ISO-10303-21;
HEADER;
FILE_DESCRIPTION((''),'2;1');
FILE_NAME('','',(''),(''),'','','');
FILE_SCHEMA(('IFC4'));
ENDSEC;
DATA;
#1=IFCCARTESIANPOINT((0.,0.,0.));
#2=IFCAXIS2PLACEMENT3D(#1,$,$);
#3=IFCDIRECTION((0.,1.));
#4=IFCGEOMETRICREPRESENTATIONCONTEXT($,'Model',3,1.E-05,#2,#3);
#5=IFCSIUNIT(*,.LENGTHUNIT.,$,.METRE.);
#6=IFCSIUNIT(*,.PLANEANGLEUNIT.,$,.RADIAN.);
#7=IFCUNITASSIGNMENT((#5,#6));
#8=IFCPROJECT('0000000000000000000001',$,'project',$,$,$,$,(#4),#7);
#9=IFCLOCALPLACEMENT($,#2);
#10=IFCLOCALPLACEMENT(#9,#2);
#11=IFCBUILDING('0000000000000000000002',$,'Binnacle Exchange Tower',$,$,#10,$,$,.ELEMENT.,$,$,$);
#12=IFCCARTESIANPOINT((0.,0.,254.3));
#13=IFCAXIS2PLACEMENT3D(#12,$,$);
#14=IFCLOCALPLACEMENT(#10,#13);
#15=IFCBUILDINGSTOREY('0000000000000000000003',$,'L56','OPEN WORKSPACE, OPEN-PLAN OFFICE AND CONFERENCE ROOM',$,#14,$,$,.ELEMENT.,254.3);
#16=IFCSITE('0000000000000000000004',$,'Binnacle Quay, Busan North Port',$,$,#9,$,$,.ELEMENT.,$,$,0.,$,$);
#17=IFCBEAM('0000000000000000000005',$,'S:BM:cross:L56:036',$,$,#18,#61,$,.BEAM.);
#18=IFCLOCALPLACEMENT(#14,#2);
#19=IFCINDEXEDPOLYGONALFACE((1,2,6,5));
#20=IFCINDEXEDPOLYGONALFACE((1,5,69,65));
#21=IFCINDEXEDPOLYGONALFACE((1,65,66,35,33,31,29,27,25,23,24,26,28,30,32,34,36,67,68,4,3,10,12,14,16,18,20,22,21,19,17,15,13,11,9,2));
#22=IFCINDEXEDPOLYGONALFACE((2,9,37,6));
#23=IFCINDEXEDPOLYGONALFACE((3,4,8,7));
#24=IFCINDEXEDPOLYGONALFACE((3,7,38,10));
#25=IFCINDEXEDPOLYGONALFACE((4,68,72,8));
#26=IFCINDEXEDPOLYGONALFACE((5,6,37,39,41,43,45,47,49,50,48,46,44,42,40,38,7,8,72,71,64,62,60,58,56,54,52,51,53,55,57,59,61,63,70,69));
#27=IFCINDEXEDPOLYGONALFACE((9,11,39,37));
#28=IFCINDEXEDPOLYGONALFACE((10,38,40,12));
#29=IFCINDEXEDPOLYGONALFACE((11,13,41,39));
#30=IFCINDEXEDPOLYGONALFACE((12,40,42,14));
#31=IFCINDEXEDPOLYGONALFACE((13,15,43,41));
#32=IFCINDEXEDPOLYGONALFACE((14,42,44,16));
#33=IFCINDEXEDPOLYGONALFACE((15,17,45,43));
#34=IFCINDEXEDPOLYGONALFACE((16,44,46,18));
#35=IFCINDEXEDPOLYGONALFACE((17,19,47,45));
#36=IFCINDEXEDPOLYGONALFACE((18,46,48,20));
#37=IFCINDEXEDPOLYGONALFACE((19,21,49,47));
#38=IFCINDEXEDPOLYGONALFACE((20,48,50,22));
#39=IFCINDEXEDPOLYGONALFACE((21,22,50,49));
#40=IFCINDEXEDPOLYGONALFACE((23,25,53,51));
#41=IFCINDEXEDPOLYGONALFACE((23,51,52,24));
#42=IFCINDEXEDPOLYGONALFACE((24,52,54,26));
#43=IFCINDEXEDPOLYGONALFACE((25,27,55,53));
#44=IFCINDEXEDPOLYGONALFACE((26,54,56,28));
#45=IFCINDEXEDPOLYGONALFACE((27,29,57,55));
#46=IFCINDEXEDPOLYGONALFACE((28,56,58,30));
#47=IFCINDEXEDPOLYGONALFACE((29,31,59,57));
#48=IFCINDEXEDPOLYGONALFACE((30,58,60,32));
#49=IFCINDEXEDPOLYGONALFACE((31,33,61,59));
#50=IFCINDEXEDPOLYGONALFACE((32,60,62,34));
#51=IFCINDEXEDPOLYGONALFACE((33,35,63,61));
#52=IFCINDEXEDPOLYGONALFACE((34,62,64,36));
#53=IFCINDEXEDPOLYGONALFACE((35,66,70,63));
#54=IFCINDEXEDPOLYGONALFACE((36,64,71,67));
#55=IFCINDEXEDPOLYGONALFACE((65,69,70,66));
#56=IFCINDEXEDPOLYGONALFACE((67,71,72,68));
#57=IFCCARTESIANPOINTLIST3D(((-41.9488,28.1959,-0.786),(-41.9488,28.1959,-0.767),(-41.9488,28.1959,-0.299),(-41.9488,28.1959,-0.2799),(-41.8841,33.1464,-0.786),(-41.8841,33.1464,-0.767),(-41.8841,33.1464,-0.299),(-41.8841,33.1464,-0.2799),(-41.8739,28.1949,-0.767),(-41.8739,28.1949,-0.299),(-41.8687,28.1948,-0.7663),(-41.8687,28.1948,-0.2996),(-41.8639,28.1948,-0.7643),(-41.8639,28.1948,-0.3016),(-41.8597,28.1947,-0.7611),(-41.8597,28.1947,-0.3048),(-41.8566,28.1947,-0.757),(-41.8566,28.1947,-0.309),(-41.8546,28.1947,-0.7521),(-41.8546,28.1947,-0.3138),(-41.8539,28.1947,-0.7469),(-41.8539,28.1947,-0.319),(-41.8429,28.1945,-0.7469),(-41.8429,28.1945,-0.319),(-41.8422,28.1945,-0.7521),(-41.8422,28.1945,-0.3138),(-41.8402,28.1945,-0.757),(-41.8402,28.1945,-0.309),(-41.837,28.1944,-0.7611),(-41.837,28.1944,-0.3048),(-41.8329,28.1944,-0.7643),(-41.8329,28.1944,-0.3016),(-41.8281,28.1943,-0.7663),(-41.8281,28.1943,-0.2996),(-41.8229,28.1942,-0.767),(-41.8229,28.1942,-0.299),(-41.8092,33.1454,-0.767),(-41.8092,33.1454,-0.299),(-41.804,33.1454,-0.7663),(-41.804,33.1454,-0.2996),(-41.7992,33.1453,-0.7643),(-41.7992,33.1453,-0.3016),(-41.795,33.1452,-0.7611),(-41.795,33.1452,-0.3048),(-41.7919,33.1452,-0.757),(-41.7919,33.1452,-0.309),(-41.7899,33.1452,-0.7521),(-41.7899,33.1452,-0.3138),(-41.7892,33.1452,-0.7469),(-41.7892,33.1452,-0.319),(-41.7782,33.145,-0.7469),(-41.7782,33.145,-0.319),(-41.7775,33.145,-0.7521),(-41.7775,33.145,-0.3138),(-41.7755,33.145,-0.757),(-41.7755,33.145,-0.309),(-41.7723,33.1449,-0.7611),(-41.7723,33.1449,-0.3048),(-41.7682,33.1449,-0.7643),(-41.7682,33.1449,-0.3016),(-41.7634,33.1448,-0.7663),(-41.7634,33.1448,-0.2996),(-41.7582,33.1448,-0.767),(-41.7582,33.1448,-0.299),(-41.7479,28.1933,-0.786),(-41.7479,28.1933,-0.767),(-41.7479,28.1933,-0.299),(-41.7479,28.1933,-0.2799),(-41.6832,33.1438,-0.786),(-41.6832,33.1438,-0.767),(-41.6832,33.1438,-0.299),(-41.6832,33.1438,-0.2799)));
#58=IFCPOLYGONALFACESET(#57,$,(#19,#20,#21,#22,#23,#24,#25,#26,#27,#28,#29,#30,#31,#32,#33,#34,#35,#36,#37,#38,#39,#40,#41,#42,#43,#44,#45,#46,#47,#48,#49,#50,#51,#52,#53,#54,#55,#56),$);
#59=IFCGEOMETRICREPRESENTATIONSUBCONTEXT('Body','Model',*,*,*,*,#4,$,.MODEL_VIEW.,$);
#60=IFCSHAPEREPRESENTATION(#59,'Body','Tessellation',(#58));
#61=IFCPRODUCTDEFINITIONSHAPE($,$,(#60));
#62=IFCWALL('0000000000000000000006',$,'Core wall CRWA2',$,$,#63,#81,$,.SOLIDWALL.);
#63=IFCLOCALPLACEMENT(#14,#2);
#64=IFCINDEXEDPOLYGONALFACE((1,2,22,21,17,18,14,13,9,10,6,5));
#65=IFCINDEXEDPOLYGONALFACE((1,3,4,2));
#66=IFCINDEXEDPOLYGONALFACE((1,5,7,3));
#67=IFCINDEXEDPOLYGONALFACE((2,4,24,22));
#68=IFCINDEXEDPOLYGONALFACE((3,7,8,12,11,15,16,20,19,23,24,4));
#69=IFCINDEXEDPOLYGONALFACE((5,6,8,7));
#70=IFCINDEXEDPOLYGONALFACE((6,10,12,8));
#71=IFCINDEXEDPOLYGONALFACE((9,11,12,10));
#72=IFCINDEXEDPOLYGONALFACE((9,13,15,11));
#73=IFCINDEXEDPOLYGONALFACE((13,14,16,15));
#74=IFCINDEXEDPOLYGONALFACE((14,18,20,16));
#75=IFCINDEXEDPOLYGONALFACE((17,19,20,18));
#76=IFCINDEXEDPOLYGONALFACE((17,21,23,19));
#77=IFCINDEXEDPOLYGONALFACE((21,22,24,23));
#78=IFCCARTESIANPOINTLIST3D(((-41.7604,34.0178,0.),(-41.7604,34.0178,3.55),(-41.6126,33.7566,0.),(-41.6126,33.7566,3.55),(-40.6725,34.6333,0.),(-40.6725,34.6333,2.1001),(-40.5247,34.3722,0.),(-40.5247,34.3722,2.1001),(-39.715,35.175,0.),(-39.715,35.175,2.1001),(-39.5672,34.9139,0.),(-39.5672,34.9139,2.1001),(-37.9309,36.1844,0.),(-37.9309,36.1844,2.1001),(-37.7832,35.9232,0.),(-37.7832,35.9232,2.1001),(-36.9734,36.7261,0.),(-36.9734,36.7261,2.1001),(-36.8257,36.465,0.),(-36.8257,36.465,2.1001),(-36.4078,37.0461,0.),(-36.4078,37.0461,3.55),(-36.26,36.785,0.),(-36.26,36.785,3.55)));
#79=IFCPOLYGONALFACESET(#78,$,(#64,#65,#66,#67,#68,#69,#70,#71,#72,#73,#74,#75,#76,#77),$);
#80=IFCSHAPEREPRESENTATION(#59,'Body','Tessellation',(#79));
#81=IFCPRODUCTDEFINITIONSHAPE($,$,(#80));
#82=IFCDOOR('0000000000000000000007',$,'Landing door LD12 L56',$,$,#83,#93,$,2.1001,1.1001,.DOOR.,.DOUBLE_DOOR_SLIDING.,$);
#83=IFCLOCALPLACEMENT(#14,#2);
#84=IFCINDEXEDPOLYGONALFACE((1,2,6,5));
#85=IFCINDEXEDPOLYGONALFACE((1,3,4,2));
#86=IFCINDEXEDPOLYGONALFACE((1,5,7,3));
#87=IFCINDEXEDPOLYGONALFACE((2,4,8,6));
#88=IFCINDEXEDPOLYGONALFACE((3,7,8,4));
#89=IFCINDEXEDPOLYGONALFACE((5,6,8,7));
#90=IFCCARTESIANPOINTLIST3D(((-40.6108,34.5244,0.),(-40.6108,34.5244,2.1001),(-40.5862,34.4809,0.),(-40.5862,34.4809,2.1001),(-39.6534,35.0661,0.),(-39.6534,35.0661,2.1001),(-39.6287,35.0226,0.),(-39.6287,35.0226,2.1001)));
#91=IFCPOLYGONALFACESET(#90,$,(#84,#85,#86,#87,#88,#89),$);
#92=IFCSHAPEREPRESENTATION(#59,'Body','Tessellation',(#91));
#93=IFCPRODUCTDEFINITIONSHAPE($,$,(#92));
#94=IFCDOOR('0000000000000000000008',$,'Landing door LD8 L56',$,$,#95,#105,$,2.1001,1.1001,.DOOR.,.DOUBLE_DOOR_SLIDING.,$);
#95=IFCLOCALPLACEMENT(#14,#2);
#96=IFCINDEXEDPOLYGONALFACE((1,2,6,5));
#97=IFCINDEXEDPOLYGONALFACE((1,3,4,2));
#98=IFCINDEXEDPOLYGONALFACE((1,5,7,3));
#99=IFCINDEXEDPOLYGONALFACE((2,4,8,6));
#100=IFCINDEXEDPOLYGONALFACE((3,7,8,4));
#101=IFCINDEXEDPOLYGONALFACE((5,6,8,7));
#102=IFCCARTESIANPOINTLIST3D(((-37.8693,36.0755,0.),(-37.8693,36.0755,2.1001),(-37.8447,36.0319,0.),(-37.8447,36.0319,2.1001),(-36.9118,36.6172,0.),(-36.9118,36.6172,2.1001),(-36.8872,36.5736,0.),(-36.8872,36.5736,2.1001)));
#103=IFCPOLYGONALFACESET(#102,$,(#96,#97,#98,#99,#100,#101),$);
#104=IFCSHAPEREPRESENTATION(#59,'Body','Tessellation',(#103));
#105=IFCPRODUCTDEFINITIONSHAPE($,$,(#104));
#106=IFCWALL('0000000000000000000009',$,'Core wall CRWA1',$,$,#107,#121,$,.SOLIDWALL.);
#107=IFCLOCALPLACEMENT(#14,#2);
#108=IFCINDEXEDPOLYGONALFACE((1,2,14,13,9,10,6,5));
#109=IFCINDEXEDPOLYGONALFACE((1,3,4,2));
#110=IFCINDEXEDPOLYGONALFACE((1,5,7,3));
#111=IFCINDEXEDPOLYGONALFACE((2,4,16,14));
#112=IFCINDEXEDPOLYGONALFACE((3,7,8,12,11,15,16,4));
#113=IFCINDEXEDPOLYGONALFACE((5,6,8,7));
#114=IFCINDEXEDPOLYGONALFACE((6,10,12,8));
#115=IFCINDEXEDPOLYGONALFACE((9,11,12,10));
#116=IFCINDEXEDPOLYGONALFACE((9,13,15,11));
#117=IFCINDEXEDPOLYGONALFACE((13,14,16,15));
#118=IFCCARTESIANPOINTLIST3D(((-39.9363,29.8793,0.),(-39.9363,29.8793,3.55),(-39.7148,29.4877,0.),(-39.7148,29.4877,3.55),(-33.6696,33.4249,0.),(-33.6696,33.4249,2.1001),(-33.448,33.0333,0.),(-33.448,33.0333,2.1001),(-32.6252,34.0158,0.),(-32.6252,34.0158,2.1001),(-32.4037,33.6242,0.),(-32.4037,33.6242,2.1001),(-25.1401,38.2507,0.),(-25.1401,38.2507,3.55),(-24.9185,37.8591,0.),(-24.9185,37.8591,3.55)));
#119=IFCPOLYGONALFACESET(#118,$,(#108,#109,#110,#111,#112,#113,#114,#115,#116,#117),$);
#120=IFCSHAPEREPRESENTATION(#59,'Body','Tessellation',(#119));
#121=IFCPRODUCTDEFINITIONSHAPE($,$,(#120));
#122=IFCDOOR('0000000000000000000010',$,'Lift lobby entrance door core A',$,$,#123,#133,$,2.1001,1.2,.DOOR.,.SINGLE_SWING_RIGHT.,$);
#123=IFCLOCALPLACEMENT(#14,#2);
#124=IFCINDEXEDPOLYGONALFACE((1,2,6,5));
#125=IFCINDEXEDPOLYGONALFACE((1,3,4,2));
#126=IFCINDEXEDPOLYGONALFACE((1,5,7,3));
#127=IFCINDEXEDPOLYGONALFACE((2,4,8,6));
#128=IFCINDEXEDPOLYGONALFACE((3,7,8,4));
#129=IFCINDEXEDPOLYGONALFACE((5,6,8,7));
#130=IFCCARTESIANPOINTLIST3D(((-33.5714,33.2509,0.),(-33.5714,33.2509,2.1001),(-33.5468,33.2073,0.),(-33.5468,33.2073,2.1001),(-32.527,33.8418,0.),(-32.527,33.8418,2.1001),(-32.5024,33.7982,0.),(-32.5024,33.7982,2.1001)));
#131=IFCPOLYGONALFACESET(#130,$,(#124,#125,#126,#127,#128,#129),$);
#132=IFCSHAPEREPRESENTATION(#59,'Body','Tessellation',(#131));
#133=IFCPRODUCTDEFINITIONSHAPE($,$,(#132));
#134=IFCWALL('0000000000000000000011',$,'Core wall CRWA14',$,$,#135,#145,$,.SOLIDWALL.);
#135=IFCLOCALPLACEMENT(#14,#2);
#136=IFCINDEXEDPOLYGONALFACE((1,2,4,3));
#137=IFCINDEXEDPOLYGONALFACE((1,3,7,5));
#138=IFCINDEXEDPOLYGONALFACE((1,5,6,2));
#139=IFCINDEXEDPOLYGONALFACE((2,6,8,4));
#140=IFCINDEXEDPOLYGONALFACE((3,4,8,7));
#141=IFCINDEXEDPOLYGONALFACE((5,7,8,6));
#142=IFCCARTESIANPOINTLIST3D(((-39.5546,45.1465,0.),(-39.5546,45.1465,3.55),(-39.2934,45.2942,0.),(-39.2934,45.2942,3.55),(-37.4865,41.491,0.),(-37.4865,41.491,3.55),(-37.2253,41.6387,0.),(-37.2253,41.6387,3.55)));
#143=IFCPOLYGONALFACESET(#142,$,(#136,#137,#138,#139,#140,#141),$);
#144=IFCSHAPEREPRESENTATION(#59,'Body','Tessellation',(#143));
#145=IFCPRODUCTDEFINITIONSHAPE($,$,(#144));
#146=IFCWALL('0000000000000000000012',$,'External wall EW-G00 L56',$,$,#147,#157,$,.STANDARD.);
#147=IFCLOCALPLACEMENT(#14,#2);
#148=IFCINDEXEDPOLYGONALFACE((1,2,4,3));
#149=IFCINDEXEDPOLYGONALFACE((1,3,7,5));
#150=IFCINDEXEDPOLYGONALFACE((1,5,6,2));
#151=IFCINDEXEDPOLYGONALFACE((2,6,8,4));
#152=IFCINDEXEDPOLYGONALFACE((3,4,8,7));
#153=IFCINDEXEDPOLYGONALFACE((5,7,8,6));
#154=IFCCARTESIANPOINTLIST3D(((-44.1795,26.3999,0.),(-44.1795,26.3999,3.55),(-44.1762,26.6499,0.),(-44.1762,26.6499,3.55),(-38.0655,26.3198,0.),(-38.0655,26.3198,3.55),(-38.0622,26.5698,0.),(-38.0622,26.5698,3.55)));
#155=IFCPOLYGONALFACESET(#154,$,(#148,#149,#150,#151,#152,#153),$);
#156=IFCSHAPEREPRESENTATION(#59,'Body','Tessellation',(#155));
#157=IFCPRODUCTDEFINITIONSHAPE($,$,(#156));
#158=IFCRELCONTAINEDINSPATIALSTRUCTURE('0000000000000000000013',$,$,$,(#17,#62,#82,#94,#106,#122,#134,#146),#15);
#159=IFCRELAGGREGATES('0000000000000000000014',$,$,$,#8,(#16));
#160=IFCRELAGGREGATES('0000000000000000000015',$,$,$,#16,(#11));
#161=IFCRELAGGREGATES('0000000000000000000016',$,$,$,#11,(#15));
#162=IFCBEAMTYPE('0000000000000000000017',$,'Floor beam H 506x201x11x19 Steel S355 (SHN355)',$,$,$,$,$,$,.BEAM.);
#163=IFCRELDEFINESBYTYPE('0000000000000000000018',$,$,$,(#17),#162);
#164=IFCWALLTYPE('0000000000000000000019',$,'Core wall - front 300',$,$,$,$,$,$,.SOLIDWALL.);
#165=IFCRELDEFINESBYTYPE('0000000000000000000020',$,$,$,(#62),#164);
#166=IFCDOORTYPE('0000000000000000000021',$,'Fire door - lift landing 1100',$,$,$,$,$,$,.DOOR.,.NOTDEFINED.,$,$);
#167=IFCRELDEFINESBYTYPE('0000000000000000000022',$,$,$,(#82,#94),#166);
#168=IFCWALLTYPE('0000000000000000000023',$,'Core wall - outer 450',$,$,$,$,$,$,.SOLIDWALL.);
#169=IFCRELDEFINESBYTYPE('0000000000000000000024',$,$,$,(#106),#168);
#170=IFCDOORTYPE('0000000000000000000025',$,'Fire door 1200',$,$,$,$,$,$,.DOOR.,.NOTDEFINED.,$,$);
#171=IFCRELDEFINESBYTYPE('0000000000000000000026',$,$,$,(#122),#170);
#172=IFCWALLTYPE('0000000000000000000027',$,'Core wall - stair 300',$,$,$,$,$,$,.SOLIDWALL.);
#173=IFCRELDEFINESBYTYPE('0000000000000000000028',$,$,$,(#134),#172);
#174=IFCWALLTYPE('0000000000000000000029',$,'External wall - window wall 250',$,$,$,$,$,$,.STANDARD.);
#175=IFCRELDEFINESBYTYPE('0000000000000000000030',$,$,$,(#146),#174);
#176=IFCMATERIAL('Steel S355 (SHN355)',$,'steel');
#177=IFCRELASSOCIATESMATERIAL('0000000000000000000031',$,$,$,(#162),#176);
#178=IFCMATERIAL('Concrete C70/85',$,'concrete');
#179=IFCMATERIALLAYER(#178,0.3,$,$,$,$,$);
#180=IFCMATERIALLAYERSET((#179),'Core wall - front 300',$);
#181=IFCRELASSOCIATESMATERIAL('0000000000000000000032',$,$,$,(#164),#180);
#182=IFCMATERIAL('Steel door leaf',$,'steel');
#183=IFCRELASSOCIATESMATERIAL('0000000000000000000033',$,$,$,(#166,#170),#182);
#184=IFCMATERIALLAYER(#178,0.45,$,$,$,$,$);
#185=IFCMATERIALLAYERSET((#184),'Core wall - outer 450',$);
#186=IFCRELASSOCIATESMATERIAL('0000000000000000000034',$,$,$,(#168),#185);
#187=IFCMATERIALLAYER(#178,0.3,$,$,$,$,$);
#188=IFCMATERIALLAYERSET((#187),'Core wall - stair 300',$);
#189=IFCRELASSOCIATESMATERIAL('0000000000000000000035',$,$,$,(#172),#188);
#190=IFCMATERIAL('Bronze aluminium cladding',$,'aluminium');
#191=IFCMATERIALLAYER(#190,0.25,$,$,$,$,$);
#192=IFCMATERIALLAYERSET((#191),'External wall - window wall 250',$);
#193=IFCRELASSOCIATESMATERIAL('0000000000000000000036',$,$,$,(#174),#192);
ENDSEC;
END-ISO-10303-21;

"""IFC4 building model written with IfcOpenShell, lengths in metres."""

from ifc_helpers import new_model, si_unit, direction, frame, frame_2d, origin, origin_2d, place, context, subcontext, project, spatial, rectangle, i_section, extrude, material, layer, layer_set, material_profile, profile_set, type_object, element, fill, save


model = new_model("IFC4")

# Units and contexts
model_context = context("Model", 3, precision=1e-05, world=origin(), true_north=direction((0.0, 1.0)))
body_context = subcontext(model_context, "Body", "Model", "MODEL_VIEW")
ifc_project = project(units=[si_unit("LENGTHUNIT", "METRE"), si_unit("PLANEANGLEUNIT", "RADIAN")], contexts=[model_context])

# Site, building, storey
site_placement = place(None, origin())
site = spatial("IfcSite", under=ifc_project, at=site_placement, Name="Binnacle Quay, Busan North Port", CompositionType="ELEMENT", RefElevation=0.0)
building_placement = place(site_placement, origin())
building = spatial("IfcBuilding", under=site, at=building_placement, Name="Binnacle Exchange Tower", CompositionType="ELEMENT")
storey_placement = place(building_placement, frame((0.0, 0.0, 254.3)))
storey = spatial("IfcBuildingStorey", under=building, at=storey_placement, Name="L56", Description="OPEN WORKSPACE, OPEN-PLAN OFFICE AND CONFERENCE ROOM", CompositionType="ELEMENT", Elevation=254.3)

# Beam
ifc_material_1 = material(Name="Steel S355 (SHN355)", Category="steel")
ifc_material_profile_1 = material_profile(ifc_material_1, i_section(OverallWidth=0.2009, OverallDepth=0.5061, WebThickness=0.011, FlangeThickness=0.019, FilletRadius=0.02, at=origin_2d()), Name="H 506x201x11x19")
ifc_profile_set_1 = profile_set([ifc_material_profile_1], Name="Steel S355 (SHN355)")
beam_type_1 = type_object("IfcBeamType", Name="Floor beam H 506x201x11x19 Steel S355 (SHN355)", PredefinedType="BEAM", material=ifc_profile_set_1)
beam_1_placement = place(storey_placement, frame((-41.8484, 28.1946, -0.533), z_axis=(0.013068, 0.999915, 0.0), x_axis=(-0.999915, 0.013068, 0.0)))
element("IfcBeam", 1, at=beam_1_placement, inside=storey, type_object=beam_type_1, Name="S:BM:cross:L56:036", PredefinedType="BEAM", context=body_context, shape_type="SweptSolid", body=[
    extrude(i_section(OverallWidth=0.2009, OverallDepth=0.5061, WebThickness=0.011, FlangeThickness=0.019, FilletRadius=0.02, at=origin_2d()), origin(), (0.0, 0.0, 1.0), 4.9509),
])

# Wall, openings, doors
ifc_material_2 = material(Name="Concrete C70/85", Category="concrete")
ifc_layer_1 = layer(ifc_material_2, 0.3)
ifc_layer_set_1 = layer_set([ifc_layer_1], Name="Core wall - front 300")
wall_type_1 = type_object("IfcWallType", Name="Core wall - front 300", PredefinedType="SOLIDWALL", material=ifc_layer_set_1)
wall_1_placement = place(storey_placement, frame((-41.6865, 33.8872, 0.0), z_axis=(0.0, 0.0, 1.0), x_axis=(0.870356, 0.492423, 0.0)))
wall_1 = element("IfcWall", 2, at=wall_1_placement, inside=storey, type_object=wall_type_1, Name="Core wall CRWA2", PredefinedType="SOLIDWALL", context=body_context, shape_type="SweptSolid", body=[
    extrude(rectangle(XDim=6.1499, YDim=0.3, at=frame_2d((3.075, 0.0))), origin(), (0.0, 0.0, 1.0), 3.55),
])
opening_1_placement = place(wall_1_placement, frame((1.25, 0.0, 0.0)))
opening_1 = element("IfcOpeningElement", 3, at=opening_1_placement, cuts=wall_1, PredefinedType="OPENING", context=body_context, shape_type="SweptSolid", body=[
    extrude(rectangle(XDim=1.1001, YDim=2.1001, at=frame_2d((0.55, 1.05))), frame((0.0, 0.1599, 0.0), z_axis=(0.0, -1.0, 0.0), x_axis=(1.0, 0.0, 0.0)), (0.0, 0.0, 1.0), 0.3201),
])
opening_2_placement = place(wall_1_placement, frame((4.3999, 0.0, 0.0)))
opening_2 = element("IfcOpeningElement", 4, at=opening_2_placement, cuts=wall_1, PredefinedType="OPENING", context=body_context, shape_type="SweptSolid", body=[
    extrude(rectangle(XDim=1.1001, YDim=2.1001, at=frame_2d((0.55, 1.05))), frame((0.0, 0.1599, 0.0), z_axis=(0.0, -1.0, 0.0), x_axis=(1.0, 0.0, 0.0)), (0.0, 0.0, 1.0), 0.3201),
])
ifc_material_3 = material(Name="Steel door leaf", Category="steel")
door_type_1 = type_object("IfcDoorType", Name="Fire door - lift landing 1100", OperationType="NOTDEFINED", PredefinedType="DOOR", material=ifc_material_3)
door_1_placement = place(opening_1_placement, origin())
door_1 = element("IfcDoor", 5, at=door_1_placement, inside=storey, type_object=door_type_1, Name="Landing door LD12 L56", OperationType="DOUBLE_DOOR_SLIDING", OverallHeight=2.1001, OverallWidth=1.1001, PredefinedType="DOOR", context=body_context, shape_type="SweptSolid", body=[
    extrude(rectangle(XDim=1.1001, YDim=2.1001, at=frame_2d((0.55, 1.05))), frame((0.0, 0.0249, 0.0), z_axis=(0.0, -1.0, 0.0), x_axis=(1.0, 0.0, 0.0)), (0.0, 0.0, 1.0), 0.05),
])
fill(opening_1, door_1)
door_2_placement = place(opening_2_placement, origin())
door_2 = element("IfcDoor", 6, at=door_2_placement, inside=storey, type_object=door_type_1, Name="Landing door LD8 L56", OperationType="DOUBLE_DOOR_SLIDING", OverallHeight=2.1001, OverallWidth=1.1001, PredefinedType="DOOR", context=body_context, shape_type="SweptSolid", body=[
    extrude(rectangle(XDim=1.1001, YDim=2.1001, at=frame_2d((0.55, 1.05))), frame((0.0, 0.0249, 0.0), z_axis=(0.0, -1.0, 0.0), x_axis=(1.0, 0.0, 0.0)), (0.0, 0.0, 1.0), 0.05),
])
fill(opening_2, door_2)

# Wall, opening, door
ifc_layer_2 = layer(ifc_material_2, 0.45)
ifc_layer_set_2 = layer_set([ifc_layer_2], Name="Core wall - outer 450")
wall_type_2 = type_object("IfcWallType", Name="Core wall - outer 450", PredefinedType="SOLIDWALL", material=ifc_layer_set_2)
wall_2_placement = place(storey_placement, frame((-39.8254, 29.6836, 0.0), z_axis=(0.0, 0.0, 1.0), x_axis=(0.870354, 0.492427, 0.0)))
wall_2 = element("IfcWall", 7, at=wall_2_placement, inside=storey, type_object=wall_type_2, Name="Core wall CRWA1", PredefinedType="SOLIDWALL", context=body_context, shape_type="SweptSolid", body=[
    extrude(rectangle(XDim=17.0002, YDim=0.45, at=frame_2d((8.5, 0.0))), origin(), (0.0, 0.0, 1.0), 3.55),
])
opening_3_placement = place(wall_2_placement, frame((7.2, 0.0, 0.0)))
opening_3 = element("IfcOpeningElement", 8, at=opening_3_placement, cuts=wall_2, PredefinedType="OPENING", context=body_context, shape_type="SweptSolid", body=[
    extrude(rectangle(XDim=1.2, YDim=2.1001, at=frame_2d((0.6001, 1.05))), frame((0.0, 0.2349, 0.0), z_axis=(0.0, -1.0, 0.0), x_axis=(1.0, 0.0, 0.0)), (0.0, 0.0, 1.0), 0.47),
])
door_type_2 = type_object("IfcDoorType", Name="Fire door 1200", OperationType="NOTDEFINED", PredefinedType="DOOR", material=ifc_material_3)
door_3_placement = place(opening_3_placement, frame((1.2, 0.0, 0.0), z_axis=(0.0, 0.0, 1.0), x_axis=(-1.0, 0.0, 0.0)))
door_3 = element("IfcDoor", 9, at=door_3_placement, inside=storey, type_object=door_type_2, Name="Lift lobby entrance door core A", OperationType="SINGLE_SWING_RIGHT", OverallHeight=2.1001, OverallWidth=1.2, PredefinedType="DOOR", context=body_context, shape_type="SweptSolid", body=[
    extrude(rectangle(XDim=1.2, YDim=2.1001, at=frame_2d((0.6001, 1.05))), frame((0.0, 0.0249, 0.0), z_axis=(0.0, -1.0, 0.0), x_axis=(1.0, 0.0, 0.0)), (0.0, 0.0, 1.0), 0.05),
])
fill(opening_3, door_3)

# Walls
ifc_layer_3 = layer(ifc_material_2, 0.3)
ifc_layer_set_3 = layer_set([ifc_layer_3], Name="Core wall - stair 300")
wall_type_3 = type_object("IfcWallType", Name="Core wall - stair 300", PredefinedType="SOLIDWALL", material=ifc_layer_set_3)
wall_3_placement = place(storey_placement, frame((-39.4241, 45.2205, 0.0), z_axis=(0.0, 0.0, 1.0), x_axis=(0.49241, -0.870364, 0.0)))
element("IfcWall", 10, at=wall_3_placement, inside=storey, type_object=wall_type_3, Name="Core wall CRWA14", PredefinedType="SOLIDWALL", context=body_context, shape_type="SweptSolid", body=[
    extrude(rectangle(XDim=4.2, YDim=0.3, at=frame_2d((2.1001, 0.0))), origin(), (0.0, 0.0, 1.0), 3.55),
])
ifc_material_4 = material(Name="Bronze aluminium cladding", Category="aluminium")
ifc_layer_4 = layer(ifc_material_4, 0.25)
ifc_layer_set_4 = layer_set([ifc_layer_4], Name="External wall - window wall 250")
wall_type_4 = type_object("IfcWallType", Name="External wall - window wall 250", PredefinedType="STANDARD", material=ifc_layer_set_4)
wall_4_placement = place(storey_placement, frame((-38.064, 26.4448, 0.0), z_axis=(0.0, 0.0, 1.0), x_axis=(-0.999914, 0.013096, 0.0)))
element("IfcWall", 11, at=wall_4_placement, inside=storey, type_object=wall_type_4, Name="External wall EW-G00 L56", PredefinedType="STANDARD", context=body_context, shape_type="SweptSolid", body=[
    extrude(rectangle(XDim=6.1145, YDim=0.25, at=frame_2d((3.0571, 0.0))), origin(), (0.0, 0.0, 1.0), 3.55),
])

save(model, "model.ifc")
